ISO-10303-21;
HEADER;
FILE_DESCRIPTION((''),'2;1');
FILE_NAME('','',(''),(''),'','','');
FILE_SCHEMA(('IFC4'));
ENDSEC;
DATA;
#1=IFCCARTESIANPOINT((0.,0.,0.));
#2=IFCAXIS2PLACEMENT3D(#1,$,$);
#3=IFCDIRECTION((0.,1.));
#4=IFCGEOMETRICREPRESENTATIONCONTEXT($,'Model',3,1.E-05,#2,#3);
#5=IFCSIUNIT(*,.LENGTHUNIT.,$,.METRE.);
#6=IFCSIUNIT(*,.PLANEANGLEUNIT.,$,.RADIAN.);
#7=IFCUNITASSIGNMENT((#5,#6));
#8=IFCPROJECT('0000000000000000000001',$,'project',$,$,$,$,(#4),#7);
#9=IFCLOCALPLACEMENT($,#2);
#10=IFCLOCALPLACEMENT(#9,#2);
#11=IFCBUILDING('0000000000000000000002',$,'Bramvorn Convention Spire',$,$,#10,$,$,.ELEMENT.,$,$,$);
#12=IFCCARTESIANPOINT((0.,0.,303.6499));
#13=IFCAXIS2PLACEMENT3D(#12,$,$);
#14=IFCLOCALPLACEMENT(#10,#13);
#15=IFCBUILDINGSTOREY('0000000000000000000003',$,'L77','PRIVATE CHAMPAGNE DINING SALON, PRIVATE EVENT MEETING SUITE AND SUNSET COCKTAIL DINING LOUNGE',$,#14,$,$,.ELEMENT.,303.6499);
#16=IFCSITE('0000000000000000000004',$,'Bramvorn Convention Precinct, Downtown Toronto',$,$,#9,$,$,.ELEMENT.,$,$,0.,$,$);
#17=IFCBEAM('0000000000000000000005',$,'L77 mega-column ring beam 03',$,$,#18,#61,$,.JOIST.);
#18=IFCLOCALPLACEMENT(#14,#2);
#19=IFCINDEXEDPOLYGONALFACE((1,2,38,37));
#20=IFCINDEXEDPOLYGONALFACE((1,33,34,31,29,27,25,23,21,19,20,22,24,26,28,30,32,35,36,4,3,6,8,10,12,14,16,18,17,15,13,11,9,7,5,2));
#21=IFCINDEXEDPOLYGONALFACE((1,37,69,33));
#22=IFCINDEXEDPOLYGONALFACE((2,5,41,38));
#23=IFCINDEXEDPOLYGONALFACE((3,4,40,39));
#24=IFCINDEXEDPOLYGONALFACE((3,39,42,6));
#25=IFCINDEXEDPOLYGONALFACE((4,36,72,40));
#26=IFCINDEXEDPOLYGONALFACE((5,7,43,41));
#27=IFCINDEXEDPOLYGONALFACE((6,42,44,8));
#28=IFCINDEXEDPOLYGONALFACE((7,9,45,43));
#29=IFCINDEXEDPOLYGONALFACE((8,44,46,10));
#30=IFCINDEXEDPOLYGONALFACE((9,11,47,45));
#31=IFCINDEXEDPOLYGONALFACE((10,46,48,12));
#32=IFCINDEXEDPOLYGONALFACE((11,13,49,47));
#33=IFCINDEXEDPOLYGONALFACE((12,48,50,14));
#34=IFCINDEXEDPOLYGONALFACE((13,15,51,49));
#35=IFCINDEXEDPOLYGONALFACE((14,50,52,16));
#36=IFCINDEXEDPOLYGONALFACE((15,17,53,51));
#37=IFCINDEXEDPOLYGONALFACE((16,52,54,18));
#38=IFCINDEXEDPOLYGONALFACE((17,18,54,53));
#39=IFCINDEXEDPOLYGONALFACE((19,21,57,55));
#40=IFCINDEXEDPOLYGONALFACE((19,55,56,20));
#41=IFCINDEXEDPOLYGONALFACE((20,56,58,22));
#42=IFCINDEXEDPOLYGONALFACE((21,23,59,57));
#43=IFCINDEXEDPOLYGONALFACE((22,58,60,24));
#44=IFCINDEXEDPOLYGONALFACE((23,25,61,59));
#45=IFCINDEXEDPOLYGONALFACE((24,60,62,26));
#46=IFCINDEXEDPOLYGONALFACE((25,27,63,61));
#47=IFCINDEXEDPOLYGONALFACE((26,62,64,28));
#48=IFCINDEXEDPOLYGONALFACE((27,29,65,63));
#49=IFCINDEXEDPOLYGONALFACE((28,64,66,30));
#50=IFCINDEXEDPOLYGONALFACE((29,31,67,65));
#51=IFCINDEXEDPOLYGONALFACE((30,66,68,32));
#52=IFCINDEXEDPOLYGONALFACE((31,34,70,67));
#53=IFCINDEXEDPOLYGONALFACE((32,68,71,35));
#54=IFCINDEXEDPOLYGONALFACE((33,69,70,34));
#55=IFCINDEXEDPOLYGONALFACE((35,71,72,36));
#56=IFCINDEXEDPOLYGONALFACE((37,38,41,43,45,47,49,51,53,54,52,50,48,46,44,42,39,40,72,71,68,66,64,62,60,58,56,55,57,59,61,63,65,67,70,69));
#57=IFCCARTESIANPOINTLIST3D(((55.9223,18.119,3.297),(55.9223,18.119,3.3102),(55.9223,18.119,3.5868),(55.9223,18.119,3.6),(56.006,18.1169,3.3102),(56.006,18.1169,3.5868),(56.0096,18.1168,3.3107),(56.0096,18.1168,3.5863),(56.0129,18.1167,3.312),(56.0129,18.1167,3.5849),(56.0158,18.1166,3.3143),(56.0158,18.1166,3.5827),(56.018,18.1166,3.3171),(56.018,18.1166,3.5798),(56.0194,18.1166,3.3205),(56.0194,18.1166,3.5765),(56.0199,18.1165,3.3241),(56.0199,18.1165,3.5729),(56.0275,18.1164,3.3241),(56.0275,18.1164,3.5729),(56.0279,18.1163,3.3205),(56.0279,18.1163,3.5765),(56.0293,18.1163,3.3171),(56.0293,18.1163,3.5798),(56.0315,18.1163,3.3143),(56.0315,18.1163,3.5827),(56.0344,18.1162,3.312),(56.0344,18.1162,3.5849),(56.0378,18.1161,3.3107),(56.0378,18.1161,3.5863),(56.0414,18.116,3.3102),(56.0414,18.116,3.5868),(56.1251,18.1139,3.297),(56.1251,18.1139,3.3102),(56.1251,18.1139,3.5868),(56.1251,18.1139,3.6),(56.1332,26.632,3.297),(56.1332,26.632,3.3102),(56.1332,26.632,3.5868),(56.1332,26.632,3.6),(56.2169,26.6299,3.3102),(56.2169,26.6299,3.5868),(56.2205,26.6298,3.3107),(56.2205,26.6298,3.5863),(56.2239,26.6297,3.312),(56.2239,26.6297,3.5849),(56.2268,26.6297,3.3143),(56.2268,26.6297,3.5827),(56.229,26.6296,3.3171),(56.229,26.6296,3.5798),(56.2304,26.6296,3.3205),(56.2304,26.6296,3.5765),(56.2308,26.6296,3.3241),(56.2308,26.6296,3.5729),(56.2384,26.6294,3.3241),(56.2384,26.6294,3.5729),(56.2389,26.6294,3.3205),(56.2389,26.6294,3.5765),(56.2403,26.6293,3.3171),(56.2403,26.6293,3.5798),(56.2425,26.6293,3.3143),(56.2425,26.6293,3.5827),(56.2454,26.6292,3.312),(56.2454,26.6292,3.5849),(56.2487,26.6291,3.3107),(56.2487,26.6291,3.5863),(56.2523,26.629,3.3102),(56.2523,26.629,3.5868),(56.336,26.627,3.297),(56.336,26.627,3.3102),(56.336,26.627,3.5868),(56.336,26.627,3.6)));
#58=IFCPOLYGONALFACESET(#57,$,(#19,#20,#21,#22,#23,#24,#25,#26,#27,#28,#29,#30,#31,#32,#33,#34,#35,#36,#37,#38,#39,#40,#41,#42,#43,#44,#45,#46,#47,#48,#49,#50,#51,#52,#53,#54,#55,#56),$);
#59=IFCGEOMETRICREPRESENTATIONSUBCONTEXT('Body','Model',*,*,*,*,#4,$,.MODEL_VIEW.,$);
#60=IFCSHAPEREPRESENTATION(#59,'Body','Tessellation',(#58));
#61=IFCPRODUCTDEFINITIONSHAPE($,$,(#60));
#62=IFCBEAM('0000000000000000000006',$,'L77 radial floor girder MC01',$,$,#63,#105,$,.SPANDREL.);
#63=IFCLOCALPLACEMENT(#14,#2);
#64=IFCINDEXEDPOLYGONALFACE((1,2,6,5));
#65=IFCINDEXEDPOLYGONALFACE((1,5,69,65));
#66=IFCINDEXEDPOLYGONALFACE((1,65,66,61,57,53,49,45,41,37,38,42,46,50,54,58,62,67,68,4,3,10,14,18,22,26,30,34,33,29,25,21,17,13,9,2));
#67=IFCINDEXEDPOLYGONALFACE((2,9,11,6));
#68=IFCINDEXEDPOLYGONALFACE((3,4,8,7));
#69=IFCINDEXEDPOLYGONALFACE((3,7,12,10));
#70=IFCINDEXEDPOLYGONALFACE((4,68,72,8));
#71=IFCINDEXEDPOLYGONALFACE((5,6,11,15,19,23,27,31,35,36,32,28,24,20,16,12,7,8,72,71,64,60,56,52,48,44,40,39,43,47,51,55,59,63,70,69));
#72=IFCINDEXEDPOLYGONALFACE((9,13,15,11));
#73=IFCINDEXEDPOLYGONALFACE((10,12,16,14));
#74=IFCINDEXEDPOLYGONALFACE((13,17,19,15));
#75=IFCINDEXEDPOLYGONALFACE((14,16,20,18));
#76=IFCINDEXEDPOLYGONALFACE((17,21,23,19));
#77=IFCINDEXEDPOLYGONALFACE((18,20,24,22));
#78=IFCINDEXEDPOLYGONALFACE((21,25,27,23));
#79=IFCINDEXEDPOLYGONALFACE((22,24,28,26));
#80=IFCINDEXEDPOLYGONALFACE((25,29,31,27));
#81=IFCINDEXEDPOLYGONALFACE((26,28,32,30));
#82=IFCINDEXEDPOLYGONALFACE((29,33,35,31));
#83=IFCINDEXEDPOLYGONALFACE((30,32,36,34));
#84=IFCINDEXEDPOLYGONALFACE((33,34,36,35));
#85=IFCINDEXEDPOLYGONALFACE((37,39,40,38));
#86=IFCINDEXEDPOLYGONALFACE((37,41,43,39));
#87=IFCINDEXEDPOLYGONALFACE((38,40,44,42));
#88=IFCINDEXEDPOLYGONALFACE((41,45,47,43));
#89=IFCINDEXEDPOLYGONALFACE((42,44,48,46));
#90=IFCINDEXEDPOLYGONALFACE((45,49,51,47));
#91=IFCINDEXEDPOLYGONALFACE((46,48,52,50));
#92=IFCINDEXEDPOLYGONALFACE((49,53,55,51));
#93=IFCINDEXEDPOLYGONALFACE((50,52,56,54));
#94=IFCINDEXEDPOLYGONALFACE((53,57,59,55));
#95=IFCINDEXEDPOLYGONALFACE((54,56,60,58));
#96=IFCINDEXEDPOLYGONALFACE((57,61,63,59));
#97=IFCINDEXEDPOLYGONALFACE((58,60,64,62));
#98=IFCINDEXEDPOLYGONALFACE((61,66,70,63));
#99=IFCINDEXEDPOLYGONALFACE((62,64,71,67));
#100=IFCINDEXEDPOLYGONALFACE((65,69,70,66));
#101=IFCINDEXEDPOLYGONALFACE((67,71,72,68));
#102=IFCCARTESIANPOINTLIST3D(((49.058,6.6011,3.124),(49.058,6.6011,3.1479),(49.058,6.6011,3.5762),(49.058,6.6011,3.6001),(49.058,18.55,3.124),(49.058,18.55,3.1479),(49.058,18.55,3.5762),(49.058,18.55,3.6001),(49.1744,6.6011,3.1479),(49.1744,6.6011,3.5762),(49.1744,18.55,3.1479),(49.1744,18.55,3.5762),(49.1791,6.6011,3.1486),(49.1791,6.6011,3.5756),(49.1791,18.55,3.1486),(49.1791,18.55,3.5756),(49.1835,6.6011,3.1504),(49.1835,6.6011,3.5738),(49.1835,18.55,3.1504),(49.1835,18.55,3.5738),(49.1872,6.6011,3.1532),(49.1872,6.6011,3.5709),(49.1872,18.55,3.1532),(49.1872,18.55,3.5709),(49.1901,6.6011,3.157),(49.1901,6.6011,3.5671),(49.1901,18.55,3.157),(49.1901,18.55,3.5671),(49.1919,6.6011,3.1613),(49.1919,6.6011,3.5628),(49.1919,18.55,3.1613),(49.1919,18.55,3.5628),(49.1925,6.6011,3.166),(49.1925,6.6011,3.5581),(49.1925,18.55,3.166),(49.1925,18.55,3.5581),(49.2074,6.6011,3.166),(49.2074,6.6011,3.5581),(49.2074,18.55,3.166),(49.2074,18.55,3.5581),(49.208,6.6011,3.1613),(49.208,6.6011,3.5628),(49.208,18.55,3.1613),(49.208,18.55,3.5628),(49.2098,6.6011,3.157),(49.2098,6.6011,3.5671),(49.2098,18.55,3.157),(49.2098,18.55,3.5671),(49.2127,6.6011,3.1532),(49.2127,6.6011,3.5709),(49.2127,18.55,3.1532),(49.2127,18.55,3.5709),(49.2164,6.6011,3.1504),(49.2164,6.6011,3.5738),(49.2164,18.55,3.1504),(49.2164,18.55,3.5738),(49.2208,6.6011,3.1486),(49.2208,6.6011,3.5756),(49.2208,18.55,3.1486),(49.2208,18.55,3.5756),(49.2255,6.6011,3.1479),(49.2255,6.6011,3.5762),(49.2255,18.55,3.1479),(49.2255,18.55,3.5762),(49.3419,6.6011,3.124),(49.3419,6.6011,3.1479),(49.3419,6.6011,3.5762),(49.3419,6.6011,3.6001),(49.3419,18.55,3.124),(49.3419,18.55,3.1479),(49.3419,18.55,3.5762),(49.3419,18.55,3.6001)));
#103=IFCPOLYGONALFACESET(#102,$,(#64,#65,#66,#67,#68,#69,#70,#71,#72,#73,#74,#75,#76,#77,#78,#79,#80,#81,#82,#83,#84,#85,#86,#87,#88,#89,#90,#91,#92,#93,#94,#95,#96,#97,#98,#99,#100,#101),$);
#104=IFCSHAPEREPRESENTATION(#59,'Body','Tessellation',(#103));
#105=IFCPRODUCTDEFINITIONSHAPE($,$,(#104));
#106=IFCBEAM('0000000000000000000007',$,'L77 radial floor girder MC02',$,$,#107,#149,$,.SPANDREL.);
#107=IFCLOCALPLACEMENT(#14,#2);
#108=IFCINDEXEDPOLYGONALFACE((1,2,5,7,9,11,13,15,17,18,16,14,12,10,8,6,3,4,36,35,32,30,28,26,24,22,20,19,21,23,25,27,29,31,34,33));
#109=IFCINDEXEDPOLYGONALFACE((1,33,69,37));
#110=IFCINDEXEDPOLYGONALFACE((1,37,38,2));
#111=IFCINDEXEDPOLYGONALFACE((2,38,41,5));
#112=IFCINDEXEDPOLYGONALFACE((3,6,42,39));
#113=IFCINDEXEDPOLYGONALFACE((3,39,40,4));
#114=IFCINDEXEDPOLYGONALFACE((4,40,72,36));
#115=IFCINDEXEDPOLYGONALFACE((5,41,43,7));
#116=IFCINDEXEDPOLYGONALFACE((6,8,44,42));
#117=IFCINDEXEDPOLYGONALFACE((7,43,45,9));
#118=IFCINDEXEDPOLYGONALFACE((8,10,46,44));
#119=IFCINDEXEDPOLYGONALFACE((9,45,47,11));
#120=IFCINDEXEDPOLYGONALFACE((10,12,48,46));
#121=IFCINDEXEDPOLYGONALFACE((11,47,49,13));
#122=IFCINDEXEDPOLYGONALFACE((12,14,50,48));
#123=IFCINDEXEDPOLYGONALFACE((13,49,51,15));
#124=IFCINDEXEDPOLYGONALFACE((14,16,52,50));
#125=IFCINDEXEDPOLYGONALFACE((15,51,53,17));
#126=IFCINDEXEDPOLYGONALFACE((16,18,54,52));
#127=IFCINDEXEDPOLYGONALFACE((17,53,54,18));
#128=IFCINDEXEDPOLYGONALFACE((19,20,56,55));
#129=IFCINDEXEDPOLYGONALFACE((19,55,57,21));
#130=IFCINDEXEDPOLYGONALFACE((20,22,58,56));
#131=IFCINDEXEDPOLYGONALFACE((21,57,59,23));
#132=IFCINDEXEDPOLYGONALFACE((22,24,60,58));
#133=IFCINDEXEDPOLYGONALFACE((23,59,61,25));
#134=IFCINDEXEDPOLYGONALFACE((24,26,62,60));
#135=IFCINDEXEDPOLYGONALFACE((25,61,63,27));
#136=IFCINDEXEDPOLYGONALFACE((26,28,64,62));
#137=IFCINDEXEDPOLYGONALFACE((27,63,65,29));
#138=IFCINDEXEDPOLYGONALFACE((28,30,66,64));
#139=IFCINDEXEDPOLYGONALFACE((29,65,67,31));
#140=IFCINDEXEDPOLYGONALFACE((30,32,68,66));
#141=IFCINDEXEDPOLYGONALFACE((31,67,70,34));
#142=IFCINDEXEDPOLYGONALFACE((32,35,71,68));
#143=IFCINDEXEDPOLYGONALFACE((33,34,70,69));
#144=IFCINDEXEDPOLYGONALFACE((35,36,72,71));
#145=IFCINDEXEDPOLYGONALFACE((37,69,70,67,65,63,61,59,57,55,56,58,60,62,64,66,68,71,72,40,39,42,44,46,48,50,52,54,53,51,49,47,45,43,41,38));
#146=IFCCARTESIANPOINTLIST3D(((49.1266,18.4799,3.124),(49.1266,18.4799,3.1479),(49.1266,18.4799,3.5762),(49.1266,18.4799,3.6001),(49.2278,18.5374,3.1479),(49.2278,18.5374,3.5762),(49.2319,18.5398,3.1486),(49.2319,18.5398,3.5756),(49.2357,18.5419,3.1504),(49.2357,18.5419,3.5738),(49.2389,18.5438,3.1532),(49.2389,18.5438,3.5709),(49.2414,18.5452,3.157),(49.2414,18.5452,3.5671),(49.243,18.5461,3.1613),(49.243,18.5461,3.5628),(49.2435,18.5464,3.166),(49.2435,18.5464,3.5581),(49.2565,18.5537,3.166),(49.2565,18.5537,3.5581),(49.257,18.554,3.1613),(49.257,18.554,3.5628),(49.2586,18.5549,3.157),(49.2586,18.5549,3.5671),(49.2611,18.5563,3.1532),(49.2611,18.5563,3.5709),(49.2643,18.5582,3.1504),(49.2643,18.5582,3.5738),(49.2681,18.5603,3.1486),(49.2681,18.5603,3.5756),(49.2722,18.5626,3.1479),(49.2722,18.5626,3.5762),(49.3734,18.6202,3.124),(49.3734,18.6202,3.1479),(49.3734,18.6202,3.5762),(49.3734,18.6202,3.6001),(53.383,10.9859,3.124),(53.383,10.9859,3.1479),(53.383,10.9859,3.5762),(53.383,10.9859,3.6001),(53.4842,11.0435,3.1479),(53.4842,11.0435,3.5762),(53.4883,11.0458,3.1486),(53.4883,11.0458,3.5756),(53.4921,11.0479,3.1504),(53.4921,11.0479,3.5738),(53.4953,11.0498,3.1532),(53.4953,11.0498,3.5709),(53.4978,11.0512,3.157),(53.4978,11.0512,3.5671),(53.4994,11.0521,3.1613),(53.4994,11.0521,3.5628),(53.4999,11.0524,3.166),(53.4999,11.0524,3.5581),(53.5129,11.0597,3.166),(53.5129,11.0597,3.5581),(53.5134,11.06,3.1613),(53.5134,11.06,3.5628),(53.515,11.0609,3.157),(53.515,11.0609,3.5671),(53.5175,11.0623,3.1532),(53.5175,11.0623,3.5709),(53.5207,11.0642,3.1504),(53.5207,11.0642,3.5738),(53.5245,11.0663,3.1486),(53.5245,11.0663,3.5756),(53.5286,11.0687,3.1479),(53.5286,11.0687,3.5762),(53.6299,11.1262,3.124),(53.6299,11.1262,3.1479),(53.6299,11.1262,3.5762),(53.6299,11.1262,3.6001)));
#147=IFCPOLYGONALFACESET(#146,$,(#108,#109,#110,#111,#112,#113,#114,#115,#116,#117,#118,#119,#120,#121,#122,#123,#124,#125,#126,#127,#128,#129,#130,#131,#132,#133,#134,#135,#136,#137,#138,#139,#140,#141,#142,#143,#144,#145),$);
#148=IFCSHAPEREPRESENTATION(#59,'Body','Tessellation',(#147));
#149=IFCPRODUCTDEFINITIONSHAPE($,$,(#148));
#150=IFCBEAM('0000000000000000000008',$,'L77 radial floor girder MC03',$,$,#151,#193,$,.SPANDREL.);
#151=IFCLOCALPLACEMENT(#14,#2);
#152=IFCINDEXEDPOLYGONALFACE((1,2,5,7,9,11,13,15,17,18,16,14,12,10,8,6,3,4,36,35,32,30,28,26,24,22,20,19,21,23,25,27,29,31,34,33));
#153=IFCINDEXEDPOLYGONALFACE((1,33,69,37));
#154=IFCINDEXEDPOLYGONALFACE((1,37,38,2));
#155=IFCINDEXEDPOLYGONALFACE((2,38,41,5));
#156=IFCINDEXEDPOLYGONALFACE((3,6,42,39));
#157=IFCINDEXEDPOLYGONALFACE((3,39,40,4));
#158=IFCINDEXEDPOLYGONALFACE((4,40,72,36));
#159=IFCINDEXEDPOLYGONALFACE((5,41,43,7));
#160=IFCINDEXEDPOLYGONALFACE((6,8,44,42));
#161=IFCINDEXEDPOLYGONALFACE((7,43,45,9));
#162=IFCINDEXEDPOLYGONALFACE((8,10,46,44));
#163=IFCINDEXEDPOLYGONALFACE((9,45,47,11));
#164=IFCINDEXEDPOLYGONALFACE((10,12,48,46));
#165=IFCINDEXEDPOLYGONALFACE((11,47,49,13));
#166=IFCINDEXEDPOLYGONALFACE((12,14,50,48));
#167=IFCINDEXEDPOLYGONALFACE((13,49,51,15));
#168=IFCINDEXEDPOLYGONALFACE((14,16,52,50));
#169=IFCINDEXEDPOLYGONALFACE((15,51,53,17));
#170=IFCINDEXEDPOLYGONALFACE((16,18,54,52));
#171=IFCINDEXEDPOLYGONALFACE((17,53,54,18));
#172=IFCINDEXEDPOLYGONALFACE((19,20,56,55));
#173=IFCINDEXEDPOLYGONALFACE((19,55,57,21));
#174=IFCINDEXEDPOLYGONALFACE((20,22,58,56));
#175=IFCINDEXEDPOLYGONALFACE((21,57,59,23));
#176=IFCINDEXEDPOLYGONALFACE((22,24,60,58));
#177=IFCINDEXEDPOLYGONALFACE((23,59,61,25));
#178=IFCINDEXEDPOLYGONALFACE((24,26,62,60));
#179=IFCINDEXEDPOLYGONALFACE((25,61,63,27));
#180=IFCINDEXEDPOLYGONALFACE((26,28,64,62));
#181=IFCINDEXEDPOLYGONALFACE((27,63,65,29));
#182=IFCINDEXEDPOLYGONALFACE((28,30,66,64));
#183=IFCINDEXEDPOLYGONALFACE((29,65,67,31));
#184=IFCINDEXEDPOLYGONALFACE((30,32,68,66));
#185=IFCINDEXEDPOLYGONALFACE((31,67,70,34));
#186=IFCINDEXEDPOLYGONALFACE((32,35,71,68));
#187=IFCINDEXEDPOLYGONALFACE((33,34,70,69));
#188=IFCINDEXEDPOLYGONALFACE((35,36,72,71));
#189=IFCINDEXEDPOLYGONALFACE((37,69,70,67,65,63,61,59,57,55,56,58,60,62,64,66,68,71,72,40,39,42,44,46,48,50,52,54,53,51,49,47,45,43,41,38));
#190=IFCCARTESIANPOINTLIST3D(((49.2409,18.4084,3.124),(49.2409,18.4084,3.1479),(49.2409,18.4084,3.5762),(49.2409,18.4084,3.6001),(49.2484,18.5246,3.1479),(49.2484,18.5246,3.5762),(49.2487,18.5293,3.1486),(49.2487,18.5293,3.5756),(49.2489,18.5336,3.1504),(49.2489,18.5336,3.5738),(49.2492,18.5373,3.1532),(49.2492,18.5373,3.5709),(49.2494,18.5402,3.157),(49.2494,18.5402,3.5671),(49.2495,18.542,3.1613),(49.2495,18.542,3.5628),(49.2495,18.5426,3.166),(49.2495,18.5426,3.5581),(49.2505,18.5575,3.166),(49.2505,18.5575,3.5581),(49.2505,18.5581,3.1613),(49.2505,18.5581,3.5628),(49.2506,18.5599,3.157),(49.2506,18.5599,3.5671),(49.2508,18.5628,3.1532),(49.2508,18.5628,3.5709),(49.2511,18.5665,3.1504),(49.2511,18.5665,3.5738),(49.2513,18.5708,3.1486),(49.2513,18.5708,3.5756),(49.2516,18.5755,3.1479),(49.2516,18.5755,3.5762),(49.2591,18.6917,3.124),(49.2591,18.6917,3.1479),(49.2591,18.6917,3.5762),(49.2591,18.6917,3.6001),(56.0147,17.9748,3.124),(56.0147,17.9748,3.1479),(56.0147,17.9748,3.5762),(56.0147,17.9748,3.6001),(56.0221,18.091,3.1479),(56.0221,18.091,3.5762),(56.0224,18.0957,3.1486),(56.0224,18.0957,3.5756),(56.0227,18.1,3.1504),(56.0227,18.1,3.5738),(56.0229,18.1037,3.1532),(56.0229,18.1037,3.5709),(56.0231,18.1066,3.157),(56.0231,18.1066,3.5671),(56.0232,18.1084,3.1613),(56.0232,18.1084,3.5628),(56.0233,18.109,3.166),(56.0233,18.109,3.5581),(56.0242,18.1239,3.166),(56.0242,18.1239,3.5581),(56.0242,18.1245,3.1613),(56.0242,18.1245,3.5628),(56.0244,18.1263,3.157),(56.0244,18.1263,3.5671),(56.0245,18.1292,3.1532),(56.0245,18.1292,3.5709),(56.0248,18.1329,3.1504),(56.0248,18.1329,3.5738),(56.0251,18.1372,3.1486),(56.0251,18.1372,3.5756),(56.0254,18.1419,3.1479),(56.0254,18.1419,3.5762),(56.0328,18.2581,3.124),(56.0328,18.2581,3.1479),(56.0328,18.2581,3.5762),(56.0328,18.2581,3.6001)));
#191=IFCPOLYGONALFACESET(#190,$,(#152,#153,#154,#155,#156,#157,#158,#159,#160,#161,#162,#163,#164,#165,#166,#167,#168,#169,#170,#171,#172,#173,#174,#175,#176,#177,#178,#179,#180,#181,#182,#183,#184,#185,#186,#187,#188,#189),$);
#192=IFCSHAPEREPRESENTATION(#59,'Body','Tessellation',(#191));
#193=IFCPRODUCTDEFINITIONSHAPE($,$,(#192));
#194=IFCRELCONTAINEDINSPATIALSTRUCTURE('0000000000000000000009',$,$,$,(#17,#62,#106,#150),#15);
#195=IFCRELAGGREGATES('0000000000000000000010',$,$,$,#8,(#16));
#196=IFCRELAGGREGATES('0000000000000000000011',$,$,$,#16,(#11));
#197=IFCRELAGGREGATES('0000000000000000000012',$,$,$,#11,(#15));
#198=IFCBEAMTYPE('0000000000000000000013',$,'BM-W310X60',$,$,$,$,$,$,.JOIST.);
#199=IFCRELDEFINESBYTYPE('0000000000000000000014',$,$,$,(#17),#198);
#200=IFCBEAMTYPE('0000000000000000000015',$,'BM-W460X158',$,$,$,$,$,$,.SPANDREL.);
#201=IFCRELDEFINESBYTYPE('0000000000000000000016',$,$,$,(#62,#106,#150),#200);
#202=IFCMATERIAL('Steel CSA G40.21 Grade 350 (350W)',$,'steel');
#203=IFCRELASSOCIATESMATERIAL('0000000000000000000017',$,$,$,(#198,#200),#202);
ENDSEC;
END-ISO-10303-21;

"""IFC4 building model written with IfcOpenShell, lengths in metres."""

from ifc_helpers import new_model, si_unit, direction, frame, origin, origin_2d, place, context, subcontext, project, spatial, i_section, extrude, material, material_profile, profile_set, type_object, element, save


model = new_model("IFC4")

# Units and contexts
model_context = context("Model", 3, precision=1e-05, world=origin(), true_north=direction((0.0, 1.0)))
body_context = subcontext(model_context, "Body", "Model", "MODEL_VIEW")
ifc_project = project(units=[si_unit("LENGTHUNIT", "METRE"), si_unit("PLANEANGLEUNIT", "RADIAN")], contexts=[model_context])

# Site, building, storey
site_placement = place(None, origin())
site = spatial("IfcSite", under=ifc_project, at=site_placement, Name="Bramvorn Convention Precinct, Downtown Toronto", CompositionType="ELEMENT", RefElevation=0.0)
building_placement = place(site_placement, origin())
building = spatial("IfcBuilding", under=site, at=building_placement, Name="Bramvorn Convention Spire", CompositionType="ELEMENT")
storey_placement = place(building_placement, frame((0.0, 0.0, 303.6499)))
storey = spatial("IfcBuildingStorey", under=building, at=storey_placement, Name="L77", Description="PRIVATE CHAMPAGNE DINING SALON, PRIVATE EVENT MEETING SUITE AND SUNSET COCKTAIL DINING LOUNGE", CompositionType="ELEMENT", Elevation=303.6499)

# Shared definitions
ifc_material_1 = material(Name="Steel CSA G40.21 Grade 350 (350W)", Category="steel")

# Beams
ifc_material_profile_1 = material_profile(ifc_material_1, i_section(OverallWidth=0.2029, OverallDepth=0.303, WebThickness=0.0076, FlangeThickness=0.0132, FilletRadius=0.0139, at=origin_2d()))
ifc_profile_set_1 = profile_set([ifc_material_profile_1], Name="Steel CSA G40.21 Grade 350 (350W) - W310X60")
beam_type_1 = type_object("IfcBeamType", Name="BM-W310X60", PredefinedType="JOIST", material=ifc_profile_set_1)
beam_1_placement = place(storey_placement, frame((56.0237, 18.1165, 3.4485), z_axis=(0.024771, 0.999693, 0.0), x_axis=(-0.999693, 0.024771, 0.0)))
element("IfcBeam", 1, at=beam_1_placement, inside=storey, type_object=beam_type_1, Name="L77 mega-column ring beam 03", PredefinedType="JOIST", context=body_context, shape_type="SweptSolid", body=[
    extrude(i_section(OverallWidth=0.2029, OverallDepth=0.303, WebThickness=0.0076, FlangeThickness=0.0132, FilletRadius=0.0139, at=origin_2d()), origin(), (0.0, 0.0, 1.0), 8.5156),
])
ifc_material_profile_2 = material_profile(ifc_material_1, i_section(OverallWidth=0.2839, OverallDepth=0.4761, WebThickness=0.0149, FlangeThickness=0.0239, FilletRadius=0.0181, at=origin_2d()))
ifc_profile_set_2 = profile_set([ifc_material_profile_2], Name="Steel CSA G40.21 Grade 350 (350W) - W460X158")
beam_type_2 = type_object("IfcBeamType", Name="BM-W460X158", PredefinedType="SPANDREL", material=ifc_profile_set_2)
beam_2_placement = place(storey_placement, frame((49.2, 18.55, 3.3621), z_axis=(0.0, -1.0, 0.0), x_axis=(1.0, 0.0, 0.0)))
element("IfcBeam", 2, at=beam_2_placement, inside=storey, type_object=beam_type_2, Name="L77 radial floor girder MC01", PredefinedType="SPANDREL", context=body_context, shape_type="SweptSolid", body=[
    extrude(i_section(OverallWidth=0.2839, OverallDepth=0.4761, WebThickness=0.0149, FlangeThickness=0.0239, FilletRadius=0.0181, at=origin_2d()), origin(), (0.0, 0.0, 1.0), 11.949),
])
beam_3_placement = place(storey_placement, frame((49.25, 18.55, 3.3621), z_axis=(0.493874, -0.869534, 0.0), x_axis=(0.869534, 0.493874, 0.0)))
element("IfcBeam", 3, at=beam_3_placement, inside=storey, type_object=beam_type_2, Name="L77 radial floor girder MC02", PredefinedType="SPANDREL", context=body_context, shape_type="SweptSolid", body=[
    extrude(i_section(OverallWidth=0.2839, OverallDepth=0.4761, WebThickness=0.0149, FlangeThickness=0.0239, FilletRadius=0.0181, at=origin_2d()), origin(), (0.0, 0.0, 1.0), 8.6184),
])
beam_4_placement = place(storey_placement, frame((49.25, 18.55, 3.3621), z_axis=(0.997958, -0.063881, 0.0), x_axis=(0.063881, 0.997958, 0.0)))
element("IfcBeam", 4, at=beam_4_placement, inside=storey, type_object=beam_type_2, Name="L77 radial floor girder MC03", PredefinedType="SPANDREL", context=body_context, shape_type="SweptSolid", body=[
    extrude(i_section(OverallWidth=0.2839, OverallDepth=0.4761, WebThickness=0.0149, FlangeThickness=0.0239, FilletRadius=0.0181, at=origin_2d()), origin(), (0.0, 0.0, 1.0), 6.7876),
])

save(model, "model.ifc")
